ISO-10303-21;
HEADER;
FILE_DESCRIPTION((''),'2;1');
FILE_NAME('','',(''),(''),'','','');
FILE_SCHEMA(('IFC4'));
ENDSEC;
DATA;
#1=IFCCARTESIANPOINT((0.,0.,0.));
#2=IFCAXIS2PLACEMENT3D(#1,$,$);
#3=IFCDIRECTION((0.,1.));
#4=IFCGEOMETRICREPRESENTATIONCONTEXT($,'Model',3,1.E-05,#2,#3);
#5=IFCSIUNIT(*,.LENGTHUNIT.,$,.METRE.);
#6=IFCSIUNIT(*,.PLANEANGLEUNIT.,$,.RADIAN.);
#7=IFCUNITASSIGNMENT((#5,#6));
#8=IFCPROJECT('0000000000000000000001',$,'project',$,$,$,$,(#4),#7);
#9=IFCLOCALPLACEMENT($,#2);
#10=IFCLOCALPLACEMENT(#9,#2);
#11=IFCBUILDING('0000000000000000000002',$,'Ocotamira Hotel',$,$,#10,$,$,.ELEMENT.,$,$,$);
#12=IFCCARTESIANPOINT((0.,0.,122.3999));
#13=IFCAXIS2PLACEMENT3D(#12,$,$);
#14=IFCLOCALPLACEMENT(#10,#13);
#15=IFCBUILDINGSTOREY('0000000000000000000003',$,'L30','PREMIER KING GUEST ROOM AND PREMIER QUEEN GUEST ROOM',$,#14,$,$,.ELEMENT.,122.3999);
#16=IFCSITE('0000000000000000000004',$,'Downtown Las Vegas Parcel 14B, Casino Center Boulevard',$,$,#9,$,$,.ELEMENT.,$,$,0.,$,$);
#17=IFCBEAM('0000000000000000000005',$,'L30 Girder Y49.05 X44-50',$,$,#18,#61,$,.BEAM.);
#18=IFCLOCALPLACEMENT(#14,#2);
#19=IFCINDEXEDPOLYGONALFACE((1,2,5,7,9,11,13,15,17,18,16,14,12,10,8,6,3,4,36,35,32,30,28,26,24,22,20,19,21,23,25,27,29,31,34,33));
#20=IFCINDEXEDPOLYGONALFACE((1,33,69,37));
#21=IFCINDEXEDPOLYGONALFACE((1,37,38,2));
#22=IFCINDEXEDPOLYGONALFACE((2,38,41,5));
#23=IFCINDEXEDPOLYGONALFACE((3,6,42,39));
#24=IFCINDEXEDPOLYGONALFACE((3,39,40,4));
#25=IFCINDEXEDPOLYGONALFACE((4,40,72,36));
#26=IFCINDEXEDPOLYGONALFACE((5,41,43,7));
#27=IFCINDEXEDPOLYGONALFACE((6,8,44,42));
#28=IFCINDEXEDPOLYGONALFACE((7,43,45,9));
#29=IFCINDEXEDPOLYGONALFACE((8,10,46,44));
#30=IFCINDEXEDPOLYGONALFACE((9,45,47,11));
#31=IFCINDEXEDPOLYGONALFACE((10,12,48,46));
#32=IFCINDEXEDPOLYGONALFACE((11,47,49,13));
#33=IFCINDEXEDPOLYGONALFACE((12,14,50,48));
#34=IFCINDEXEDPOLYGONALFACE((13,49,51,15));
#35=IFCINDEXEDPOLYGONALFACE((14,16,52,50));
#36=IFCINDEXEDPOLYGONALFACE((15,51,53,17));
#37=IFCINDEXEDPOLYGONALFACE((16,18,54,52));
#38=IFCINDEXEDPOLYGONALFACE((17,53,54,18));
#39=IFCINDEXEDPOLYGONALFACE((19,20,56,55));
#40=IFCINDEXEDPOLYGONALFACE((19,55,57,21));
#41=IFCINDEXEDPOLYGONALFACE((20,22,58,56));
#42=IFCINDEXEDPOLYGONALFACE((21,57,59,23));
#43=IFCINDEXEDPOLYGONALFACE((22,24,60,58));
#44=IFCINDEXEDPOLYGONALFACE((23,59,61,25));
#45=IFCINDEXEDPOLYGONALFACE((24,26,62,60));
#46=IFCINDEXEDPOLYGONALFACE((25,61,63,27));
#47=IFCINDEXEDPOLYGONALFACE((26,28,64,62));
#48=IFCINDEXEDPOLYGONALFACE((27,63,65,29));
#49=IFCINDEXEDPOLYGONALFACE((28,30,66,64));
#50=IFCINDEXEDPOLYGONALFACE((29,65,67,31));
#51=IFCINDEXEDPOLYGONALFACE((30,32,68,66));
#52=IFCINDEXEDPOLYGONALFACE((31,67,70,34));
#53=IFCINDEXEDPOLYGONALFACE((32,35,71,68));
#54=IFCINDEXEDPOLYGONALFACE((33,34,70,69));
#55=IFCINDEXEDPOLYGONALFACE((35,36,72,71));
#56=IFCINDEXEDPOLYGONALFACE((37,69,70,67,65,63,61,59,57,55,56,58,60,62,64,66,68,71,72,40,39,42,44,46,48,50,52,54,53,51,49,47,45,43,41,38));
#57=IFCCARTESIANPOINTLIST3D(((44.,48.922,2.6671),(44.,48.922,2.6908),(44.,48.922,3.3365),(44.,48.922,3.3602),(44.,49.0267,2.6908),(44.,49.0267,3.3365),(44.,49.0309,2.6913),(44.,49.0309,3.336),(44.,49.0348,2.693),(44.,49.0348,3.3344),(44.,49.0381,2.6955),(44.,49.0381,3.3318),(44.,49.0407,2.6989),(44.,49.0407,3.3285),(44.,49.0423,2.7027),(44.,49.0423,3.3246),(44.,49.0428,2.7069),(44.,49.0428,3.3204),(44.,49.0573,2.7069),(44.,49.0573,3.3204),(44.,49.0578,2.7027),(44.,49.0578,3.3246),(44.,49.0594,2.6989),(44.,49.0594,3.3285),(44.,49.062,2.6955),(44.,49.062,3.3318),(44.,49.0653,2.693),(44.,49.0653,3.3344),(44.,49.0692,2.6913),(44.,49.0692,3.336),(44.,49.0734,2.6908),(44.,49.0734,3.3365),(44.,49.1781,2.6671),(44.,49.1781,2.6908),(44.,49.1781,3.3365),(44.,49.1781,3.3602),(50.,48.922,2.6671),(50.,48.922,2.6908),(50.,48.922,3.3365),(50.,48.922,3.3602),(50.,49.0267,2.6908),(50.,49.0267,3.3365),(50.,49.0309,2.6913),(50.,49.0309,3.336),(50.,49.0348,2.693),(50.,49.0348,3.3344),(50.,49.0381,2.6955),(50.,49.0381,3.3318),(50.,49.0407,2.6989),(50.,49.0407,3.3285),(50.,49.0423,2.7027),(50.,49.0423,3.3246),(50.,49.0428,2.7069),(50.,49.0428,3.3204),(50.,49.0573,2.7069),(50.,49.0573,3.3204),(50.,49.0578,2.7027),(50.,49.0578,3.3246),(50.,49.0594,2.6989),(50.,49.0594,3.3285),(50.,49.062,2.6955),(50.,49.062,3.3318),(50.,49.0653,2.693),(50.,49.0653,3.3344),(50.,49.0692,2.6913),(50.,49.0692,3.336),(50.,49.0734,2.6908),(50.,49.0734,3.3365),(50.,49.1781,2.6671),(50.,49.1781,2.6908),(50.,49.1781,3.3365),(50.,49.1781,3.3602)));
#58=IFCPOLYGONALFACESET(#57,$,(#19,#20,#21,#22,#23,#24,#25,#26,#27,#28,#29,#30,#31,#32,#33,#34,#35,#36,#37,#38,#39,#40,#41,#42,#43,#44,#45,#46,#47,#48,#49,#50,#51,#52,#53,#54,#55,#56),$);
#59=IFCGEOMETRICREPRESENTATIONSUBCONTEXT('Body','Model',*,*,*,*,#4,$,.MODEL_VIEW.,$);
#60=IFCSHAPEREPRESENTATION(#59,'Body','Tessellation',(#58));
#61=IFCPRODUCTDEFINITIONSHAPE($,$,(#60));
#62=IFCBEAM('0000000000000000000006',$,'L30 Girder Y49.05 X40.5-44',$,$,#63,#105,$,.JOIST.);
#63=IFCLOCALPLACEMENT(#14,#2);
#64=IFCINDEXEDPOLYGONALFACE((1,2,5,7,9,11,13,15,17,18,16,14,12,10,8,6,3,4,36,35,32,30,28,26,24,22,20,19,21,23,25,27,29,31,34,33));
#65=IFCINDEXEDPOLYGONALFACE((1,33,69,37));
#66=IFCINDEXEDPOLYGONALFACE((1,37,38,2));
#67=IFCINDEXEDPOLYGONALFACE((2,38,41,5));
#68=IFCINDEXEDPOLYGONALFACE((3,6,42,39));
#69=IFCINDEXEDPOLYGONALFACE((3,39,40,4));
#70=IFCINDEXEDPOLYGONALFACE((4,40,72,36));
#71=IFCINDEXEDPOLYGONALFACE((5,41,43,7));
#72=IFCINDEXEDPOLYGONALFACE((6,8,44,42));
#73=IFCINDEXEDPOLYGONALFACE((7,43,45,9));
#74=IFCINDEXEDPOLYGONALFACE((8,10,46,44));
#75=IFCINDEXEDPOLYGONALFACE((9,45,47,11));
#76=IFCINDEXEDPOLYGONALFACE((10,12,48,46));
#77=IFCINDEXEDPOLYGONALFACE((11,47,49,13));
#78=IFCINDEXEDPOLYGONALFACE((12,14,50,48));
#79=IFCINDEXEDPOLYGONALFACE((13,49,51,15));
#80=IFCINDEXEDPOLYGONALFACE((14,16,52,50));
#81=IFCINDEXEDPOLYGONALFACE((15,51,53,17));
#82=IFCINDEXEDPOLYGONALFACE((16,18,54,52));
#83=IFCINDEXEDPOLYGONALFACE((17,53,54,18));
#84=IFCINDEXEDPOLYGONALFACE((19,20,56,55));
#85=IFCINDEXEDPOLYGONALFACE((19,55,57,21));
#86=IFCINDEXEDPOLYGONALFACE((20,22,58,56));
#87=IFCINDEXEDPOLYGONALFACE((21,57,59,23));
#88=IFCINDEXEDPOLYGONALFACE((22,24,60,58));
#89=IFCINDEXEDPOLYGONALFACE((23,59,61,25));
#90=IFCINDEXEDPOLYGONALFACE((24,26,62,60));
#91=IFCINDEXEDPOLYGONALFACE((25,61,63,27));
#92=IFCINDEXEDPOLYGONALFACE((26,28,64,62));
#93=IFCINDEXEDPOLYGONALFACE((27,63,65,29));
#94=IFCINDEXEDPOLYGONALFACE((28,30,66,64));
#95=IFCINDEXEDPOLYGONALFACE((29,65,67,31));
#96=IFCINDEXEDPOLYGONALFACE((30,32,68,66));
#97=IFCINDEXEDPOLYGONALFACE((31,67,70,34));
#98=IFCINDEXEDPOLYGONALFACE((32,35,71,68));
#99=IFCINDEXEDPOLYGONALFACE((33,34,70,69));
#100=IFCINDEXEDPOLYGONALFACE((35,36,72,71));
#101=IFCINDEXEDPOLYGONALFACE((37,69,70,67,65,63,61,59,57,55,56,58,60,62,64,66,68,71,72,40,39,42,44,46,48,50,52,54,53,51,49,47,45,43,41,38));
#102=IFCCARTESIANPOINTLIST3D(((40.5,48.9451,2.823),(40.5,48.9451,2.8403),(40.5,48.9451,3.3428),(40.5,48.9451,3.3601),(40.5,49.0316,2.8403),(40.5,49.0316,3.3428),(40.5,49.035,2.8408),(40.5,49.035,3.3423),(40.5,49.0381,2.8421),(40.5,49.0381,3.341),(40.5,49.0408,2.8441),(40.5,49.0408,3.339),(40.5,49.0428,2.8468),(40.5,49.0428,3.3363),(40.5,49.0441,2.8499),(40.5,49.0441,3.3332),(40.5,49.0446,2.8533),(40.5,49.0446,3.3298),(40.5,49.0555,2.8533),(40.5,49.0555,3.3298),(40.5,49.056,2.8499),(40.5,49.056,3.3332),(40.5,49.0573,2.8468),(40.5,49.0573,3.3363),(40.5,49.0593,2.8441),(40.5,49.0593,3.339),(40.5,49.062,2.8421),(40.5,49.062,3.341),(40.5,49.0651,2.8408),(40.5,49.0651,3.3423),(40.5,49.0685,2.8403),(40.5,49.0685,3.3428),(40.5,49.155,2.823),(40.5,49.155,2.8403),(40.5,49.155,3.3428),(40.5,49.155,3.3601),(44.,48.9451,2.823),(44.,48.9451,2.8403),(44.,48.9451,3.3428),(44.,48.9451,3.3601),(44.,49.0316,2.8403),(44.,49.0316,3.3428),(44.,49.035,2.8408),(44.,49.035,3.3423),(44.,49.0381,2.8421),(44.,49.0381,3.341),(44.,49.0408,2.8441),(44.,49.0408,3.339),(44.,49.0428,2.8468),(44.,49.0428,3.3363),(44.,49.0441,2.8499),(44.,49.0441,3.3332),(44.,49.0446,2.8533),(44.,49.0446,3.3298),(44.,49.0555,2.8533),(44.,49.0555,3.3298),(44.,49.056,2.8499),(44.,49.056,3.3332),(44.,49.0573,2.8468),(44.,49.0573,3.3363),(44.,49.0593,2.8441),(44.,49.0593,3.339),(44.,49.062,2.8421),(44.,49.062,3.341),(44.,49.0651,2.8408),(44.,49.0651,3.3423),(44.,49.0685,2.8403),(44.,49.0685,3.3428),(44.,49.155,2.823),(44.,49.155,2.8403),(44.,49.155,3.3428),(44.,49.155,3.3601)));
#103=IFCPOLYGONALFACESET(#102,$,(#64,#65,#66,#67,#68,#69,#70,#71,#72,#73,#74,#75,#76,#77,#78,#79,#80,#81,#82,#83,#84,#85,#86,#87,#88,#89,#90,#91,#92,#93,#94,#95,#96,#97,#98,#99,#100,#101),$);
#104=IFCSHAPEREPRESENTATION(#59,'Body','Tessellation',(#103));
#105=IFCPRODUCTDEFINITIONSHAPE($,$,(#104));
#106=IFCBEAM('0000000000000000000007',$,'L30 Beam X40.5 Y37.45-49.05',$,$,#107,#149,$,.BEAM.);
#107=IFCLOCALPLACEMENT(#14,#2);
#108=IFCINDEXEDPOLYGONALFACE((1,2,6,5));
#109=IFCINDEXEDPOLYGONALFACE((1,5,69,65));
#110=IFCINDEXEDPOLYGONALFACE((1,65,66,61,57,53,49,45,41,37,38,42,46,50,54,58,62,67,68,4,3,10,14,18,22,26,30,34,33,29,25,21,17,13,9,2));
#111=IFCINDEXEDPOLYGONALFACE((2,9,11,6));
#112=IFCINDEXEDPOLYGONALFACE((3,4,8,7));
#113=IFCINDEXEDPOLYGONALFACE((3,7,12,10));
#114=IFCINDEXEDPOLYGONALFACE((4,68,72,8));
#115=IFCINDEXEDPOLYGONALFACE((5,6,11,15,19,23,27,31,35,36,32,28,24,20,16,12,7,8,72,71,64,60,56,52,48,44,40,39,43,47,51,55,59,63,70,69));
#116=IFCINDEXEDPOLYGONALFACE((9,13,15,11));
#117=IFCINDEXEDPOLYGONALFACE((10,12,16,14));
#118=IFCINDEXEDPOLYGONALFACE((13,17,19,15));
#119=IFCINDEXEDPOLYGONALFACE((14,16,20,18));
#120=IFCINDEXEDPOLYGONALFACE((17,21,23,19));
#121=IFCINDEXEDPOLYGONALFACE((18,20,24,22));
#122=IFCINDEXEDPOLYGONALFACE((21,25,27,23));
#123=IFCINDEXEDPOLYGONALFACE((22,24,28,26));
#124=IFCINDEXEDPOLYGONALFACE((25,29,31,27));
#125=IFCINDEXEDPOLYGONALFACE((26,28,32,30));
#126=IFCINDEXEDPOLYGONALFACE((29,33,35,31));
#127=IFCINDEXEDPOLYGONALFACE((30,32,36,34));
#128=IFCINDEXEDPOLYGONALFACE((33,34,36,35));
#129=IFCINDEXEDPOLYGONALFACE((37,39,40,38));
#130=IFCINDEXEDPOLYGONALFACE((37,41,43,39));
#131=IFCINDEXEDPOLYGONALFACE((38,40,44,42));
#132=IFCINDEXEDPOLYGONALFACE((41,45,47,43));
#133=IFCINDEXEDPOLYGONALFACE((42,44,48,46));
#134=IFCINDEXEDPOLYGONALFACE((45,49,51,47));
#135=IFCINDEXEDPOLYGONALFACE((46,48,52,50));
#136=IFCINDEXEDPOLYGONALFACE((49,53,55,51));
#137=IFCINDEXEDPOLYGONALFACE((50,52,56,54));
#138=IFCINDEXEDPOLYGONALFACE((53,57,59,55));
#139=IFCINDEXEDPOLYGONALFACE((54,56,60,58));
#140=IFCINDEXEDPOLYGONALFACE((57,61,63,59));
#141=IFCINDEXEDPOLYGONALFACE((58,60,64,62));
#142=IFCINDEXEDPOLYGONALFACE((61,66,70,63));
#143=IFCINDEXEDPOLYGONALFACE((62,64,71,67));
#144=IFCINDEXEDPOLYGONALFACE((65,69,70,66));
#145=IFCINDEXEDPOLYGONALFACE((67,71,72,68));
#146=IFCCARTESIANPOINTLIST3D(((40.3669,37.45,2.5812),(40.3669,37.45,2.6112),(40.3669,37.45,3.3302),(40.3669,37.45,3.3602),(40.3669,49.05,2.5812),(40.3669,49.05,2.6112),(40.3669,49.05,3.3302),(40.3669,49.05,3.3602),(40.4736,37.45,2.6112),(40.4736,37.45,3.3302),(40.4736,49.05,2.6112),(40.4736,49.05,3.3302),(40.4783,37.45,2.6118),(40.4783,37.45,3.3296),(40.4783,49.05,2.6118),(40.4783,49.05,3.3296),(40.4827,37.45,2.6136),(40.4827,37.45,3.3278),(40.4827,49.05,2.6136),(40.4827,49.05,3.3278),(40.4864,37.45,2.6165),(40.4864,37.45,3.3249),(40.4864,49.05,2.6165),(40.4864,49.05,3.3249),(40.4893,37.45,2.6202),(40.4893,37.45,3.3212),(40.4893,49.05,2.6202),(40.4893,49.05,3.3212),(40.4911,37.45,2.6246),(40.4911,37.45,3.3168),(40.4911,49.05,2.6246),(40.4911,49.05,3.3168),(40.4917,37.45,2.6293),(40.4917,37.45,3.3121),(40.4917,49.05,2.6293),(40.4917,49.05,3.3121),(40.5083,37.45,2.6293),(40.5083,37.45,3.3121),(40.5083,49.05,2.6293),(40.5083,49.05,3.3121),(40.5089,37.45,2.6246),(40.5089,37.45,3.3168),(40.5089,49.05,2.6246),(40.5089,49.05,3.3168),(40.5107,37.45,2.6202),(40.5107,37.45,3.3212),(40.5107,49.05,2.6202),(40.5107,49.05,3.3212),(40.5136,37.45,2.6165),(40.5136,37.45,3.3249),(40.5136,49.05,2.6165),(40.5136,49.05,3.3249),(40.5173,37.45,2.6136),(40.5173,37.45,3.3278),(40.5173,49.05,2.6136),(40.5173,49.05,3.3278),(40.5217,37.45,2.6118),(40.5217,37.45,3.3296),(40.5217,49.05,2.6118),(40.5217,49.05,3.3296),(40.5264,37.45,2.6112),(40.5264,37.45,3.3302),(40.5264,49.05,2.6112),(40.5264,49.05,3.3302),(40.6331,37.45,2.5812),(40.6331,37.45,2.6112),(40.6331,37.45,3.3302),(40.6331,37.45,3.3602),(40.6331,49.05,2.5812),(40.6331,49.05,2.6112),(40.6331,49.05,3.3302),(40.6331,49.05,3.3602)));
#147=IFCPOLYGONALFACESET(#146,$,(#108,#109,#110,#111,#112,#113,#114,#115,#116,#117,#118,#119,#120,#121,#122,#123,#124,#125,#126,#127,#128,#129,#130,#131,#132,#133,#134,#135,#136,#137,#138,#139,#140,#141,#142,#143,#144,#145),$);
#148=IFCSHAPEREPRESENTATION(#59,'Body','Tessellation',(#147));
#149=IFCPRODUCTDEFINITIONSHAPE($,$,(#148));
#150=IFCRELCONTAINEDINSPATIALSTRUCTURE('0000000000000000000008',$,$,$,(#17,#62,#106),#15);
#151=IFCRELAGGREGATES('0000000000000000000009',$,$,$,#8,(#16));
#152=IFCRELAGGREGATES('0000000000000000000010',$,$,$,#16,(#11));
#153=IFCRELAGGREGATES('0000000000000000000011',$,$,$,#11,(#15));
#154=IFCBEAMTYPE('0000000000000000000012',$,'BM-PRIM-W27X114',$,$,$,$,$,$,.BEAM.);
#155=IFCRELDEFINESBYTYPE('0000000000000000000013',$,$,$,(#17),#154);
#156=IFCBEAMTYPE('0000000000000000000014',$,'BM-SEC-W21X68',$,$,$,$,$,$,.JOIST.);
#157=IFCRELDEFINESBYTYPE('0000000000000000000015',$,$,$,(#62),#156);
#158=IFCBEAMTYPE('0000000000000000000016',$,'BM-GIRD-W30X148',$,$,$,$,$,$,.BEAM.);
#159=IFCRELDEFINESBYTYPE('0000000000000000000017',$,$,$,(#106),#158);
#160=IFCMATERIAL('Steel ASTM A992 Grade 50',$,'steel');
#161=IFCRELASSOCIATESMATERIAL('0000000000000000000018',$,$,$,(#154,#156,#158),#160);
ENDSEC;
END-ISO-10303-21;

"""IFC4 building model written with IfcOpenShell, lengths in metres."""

from ifc_helpers import new_model, si_unit, direction, frame, origin, origin_2d, place, context, subcontext, project, spatial, i_section, extrude, source, transform, mapped, material, material_profile, profile_set, type_object, element, save


model = new_model("IFC4")

# Units and contexts
model_context = context("Model", 3, precision=1e-05, world=origin(), true_north=direction((0.0, 1.0)))
body_context = subcontext(model_context, "Body", "Model", "MODEL_VIEW")
ifc_project = project(units=[si_unit("LENGTHUNIT", "METRE"), si_unit("PLANEANGLEUNIT", "RADIAN")], contexts=[model_context])

# Site, building, storey
site_placement = place(None, origin())
site = spatial("IfcSite", under=ifc_project, at=site_placement, Name="Downtown Las Vegas Parcel 14B, Casino Center Boulevard", CompositionType="ELEMENT", RefElevation=0.0)
building_placement = place(site_placement, origin())
building = spatial("IfcBuilding", under=site, at=building_placement, Name="Ocotamira Hotel", CompositionType="ELEMENT")
storey_placement = place(building_placement, frame((0.0, 0.0, 122.3999)))
storey = spatial("IfcBuildingStorey", under=building, at=storey_placement, Name="L30", Description="PREMIER KING GUEST ROOM AND PREMIER QUEEN GUEST ROOM", CompositionType="ELEMENT", Elevation=122.3999)

# Beams
ifc_material_1 = material(Name="Steel ASTM A992 Grade 50", Category="steel")
ifc_material_profile_1 = material_profile(ifc_material_1, i_section(OverallWidth=0.2561, OverallDepth=0.6931, WebThickness=0.0144, FlangeThickness=0.0237, FilletRadius=0.0161, at=origin_2d()), Name="W27X114")
ifc_profile_set_1 = profile_set([ifc_material_profile_1], Name="Steel ASTM A992 Grade 50")
beam_type_1 = type_object("IfcBeamType", Name="BM-PRIM-W27X114", PredefinedType="BEAM", material=ifc_profile_set_1)
shared_shape_1 = source(origin(), body_context, "Body", "SweptSolid", [
    extrude(i_section(OverallWidth=0.2561, OverallDepth=0.6931, WebThickness=0.0144, FlangeThickness=0.0237, FilletRadius=0.0161, at=origin_2d()), origin(), (0.0, 0.0, 1.0), 6.0),
])
beam_1_placement = place(storey_placement, frame((44.0, 49.05, 3.0137), z_axis=(1.0, 0.0, 0.0), x_axis=(0.0, 1.0, 0.0)))
element("IfcBeam", 1, at=beam_1_placement, inside=storey, type_object=beam_type_1, Name="L30 Girder Y49.05 X44-50", PredefinedType="BEAM", context=body_context, shape_type="MappedRepresentation", body=[
    mapped(shared_shape_1, transform((0.0, 0.0, 0.0), scale=1.0)),
])
ifc_material_profile_2 = material_profile(ifc_material_1, i_section(OverallWidth=0.21, OverallDepth=0.5371, WebThickness=0.011, FlangeThickness=0.0173, FilletRadius=0.0129, at=origin_2d()), Name="W21X68")
ifc_profile_set_2 = profile_set([ifc_material_profile_2], Name="Steel ASTM A992 Grade 50")
beam_type_2 = type_object("IfcBeamType", Name="BM-SEC-W21X68", PredefinedType="JOIST", material=ifc_profile_set_2)
shared_shape_2 = source(origin(), body_context, "Body", "SweptSolid", [
    extrude(i_section(OverallWidth=0.21, OverallDepth=0.5371, WebThickness=0.011, FlangeThickness=0.0173, FilletRadius=0.0129, at=origin_2d()), origin(), (0.0, 0.0, 1.0), 3.5),
])
beam_2_placement = place(storey_placement, frame((40.5, 49.05, 3.0916), z_axis=(1.0, 0.0, 0.0), x_axis=(0.0, 1.0, 0.0)))
element("IfcBeam", 2, at=beam_2_placement, inside=storey, type_object=beam_type_2, Name="L30 Girder Y49.05 X40.5-44", PredefinedType="JOIST", context=body_context, shape_type="MappedRepresentation", body=[
    mapped(shared_shape_2, transform((0.0, 0.0, 0.0), scale=1.0)),
])
ifc_material_profile_3 = material_profile(ifc_material_1, i_section(OverallWidth=0.2661, OverallDepth=0.7791, WebThickness=0.0166, FlangeThickness=0.03, FilletRadius=0.0181, at=origin_2d()), Name="W30X148")
ifc_profile_set_3 = profile_set([ifc_material_profile_3], Name="Steel ASTM A992 Grade 50")
beam_type_3 = type_object("IfcBeamType", Name="BM-GIRD-W30X148", PredefinedType="BEAM", material=ifc_profile_set_3)
shared_shape_3 = source(origin(), body_context, "Body", "SweptSolid", [
    extrude(i_section(OverallWidth=0.2661, OverallDepth=0.7791, WebThickness=0.0166, FlangeThickness=0.03, FilletRadius=0.0181, at=origin_2d()), origin(), (0.0, 0.0, 1.0), 11.6001),
])
beam_3_placement = place(storey_placement, frame((40.5, 37.45, 2.9707), z_axis=(0.0, 1.0, 0.0), x_axis=(-1.0, 0.0, 0.0)))
element("IfcBeam", 3, at=beam_3_placement, inside=storey, type_object=beam_type_3, Name="L30 Beam X40.5 Y37.45-49.05", PredefinedType="BEAM", context=body_context, shape_type="MappedRepresentation", body=[
    mapped(shared_shape_3, transform((0.0, 0.0, 0.0), scale=1.0)),
])

save(model, "model.ifc")
